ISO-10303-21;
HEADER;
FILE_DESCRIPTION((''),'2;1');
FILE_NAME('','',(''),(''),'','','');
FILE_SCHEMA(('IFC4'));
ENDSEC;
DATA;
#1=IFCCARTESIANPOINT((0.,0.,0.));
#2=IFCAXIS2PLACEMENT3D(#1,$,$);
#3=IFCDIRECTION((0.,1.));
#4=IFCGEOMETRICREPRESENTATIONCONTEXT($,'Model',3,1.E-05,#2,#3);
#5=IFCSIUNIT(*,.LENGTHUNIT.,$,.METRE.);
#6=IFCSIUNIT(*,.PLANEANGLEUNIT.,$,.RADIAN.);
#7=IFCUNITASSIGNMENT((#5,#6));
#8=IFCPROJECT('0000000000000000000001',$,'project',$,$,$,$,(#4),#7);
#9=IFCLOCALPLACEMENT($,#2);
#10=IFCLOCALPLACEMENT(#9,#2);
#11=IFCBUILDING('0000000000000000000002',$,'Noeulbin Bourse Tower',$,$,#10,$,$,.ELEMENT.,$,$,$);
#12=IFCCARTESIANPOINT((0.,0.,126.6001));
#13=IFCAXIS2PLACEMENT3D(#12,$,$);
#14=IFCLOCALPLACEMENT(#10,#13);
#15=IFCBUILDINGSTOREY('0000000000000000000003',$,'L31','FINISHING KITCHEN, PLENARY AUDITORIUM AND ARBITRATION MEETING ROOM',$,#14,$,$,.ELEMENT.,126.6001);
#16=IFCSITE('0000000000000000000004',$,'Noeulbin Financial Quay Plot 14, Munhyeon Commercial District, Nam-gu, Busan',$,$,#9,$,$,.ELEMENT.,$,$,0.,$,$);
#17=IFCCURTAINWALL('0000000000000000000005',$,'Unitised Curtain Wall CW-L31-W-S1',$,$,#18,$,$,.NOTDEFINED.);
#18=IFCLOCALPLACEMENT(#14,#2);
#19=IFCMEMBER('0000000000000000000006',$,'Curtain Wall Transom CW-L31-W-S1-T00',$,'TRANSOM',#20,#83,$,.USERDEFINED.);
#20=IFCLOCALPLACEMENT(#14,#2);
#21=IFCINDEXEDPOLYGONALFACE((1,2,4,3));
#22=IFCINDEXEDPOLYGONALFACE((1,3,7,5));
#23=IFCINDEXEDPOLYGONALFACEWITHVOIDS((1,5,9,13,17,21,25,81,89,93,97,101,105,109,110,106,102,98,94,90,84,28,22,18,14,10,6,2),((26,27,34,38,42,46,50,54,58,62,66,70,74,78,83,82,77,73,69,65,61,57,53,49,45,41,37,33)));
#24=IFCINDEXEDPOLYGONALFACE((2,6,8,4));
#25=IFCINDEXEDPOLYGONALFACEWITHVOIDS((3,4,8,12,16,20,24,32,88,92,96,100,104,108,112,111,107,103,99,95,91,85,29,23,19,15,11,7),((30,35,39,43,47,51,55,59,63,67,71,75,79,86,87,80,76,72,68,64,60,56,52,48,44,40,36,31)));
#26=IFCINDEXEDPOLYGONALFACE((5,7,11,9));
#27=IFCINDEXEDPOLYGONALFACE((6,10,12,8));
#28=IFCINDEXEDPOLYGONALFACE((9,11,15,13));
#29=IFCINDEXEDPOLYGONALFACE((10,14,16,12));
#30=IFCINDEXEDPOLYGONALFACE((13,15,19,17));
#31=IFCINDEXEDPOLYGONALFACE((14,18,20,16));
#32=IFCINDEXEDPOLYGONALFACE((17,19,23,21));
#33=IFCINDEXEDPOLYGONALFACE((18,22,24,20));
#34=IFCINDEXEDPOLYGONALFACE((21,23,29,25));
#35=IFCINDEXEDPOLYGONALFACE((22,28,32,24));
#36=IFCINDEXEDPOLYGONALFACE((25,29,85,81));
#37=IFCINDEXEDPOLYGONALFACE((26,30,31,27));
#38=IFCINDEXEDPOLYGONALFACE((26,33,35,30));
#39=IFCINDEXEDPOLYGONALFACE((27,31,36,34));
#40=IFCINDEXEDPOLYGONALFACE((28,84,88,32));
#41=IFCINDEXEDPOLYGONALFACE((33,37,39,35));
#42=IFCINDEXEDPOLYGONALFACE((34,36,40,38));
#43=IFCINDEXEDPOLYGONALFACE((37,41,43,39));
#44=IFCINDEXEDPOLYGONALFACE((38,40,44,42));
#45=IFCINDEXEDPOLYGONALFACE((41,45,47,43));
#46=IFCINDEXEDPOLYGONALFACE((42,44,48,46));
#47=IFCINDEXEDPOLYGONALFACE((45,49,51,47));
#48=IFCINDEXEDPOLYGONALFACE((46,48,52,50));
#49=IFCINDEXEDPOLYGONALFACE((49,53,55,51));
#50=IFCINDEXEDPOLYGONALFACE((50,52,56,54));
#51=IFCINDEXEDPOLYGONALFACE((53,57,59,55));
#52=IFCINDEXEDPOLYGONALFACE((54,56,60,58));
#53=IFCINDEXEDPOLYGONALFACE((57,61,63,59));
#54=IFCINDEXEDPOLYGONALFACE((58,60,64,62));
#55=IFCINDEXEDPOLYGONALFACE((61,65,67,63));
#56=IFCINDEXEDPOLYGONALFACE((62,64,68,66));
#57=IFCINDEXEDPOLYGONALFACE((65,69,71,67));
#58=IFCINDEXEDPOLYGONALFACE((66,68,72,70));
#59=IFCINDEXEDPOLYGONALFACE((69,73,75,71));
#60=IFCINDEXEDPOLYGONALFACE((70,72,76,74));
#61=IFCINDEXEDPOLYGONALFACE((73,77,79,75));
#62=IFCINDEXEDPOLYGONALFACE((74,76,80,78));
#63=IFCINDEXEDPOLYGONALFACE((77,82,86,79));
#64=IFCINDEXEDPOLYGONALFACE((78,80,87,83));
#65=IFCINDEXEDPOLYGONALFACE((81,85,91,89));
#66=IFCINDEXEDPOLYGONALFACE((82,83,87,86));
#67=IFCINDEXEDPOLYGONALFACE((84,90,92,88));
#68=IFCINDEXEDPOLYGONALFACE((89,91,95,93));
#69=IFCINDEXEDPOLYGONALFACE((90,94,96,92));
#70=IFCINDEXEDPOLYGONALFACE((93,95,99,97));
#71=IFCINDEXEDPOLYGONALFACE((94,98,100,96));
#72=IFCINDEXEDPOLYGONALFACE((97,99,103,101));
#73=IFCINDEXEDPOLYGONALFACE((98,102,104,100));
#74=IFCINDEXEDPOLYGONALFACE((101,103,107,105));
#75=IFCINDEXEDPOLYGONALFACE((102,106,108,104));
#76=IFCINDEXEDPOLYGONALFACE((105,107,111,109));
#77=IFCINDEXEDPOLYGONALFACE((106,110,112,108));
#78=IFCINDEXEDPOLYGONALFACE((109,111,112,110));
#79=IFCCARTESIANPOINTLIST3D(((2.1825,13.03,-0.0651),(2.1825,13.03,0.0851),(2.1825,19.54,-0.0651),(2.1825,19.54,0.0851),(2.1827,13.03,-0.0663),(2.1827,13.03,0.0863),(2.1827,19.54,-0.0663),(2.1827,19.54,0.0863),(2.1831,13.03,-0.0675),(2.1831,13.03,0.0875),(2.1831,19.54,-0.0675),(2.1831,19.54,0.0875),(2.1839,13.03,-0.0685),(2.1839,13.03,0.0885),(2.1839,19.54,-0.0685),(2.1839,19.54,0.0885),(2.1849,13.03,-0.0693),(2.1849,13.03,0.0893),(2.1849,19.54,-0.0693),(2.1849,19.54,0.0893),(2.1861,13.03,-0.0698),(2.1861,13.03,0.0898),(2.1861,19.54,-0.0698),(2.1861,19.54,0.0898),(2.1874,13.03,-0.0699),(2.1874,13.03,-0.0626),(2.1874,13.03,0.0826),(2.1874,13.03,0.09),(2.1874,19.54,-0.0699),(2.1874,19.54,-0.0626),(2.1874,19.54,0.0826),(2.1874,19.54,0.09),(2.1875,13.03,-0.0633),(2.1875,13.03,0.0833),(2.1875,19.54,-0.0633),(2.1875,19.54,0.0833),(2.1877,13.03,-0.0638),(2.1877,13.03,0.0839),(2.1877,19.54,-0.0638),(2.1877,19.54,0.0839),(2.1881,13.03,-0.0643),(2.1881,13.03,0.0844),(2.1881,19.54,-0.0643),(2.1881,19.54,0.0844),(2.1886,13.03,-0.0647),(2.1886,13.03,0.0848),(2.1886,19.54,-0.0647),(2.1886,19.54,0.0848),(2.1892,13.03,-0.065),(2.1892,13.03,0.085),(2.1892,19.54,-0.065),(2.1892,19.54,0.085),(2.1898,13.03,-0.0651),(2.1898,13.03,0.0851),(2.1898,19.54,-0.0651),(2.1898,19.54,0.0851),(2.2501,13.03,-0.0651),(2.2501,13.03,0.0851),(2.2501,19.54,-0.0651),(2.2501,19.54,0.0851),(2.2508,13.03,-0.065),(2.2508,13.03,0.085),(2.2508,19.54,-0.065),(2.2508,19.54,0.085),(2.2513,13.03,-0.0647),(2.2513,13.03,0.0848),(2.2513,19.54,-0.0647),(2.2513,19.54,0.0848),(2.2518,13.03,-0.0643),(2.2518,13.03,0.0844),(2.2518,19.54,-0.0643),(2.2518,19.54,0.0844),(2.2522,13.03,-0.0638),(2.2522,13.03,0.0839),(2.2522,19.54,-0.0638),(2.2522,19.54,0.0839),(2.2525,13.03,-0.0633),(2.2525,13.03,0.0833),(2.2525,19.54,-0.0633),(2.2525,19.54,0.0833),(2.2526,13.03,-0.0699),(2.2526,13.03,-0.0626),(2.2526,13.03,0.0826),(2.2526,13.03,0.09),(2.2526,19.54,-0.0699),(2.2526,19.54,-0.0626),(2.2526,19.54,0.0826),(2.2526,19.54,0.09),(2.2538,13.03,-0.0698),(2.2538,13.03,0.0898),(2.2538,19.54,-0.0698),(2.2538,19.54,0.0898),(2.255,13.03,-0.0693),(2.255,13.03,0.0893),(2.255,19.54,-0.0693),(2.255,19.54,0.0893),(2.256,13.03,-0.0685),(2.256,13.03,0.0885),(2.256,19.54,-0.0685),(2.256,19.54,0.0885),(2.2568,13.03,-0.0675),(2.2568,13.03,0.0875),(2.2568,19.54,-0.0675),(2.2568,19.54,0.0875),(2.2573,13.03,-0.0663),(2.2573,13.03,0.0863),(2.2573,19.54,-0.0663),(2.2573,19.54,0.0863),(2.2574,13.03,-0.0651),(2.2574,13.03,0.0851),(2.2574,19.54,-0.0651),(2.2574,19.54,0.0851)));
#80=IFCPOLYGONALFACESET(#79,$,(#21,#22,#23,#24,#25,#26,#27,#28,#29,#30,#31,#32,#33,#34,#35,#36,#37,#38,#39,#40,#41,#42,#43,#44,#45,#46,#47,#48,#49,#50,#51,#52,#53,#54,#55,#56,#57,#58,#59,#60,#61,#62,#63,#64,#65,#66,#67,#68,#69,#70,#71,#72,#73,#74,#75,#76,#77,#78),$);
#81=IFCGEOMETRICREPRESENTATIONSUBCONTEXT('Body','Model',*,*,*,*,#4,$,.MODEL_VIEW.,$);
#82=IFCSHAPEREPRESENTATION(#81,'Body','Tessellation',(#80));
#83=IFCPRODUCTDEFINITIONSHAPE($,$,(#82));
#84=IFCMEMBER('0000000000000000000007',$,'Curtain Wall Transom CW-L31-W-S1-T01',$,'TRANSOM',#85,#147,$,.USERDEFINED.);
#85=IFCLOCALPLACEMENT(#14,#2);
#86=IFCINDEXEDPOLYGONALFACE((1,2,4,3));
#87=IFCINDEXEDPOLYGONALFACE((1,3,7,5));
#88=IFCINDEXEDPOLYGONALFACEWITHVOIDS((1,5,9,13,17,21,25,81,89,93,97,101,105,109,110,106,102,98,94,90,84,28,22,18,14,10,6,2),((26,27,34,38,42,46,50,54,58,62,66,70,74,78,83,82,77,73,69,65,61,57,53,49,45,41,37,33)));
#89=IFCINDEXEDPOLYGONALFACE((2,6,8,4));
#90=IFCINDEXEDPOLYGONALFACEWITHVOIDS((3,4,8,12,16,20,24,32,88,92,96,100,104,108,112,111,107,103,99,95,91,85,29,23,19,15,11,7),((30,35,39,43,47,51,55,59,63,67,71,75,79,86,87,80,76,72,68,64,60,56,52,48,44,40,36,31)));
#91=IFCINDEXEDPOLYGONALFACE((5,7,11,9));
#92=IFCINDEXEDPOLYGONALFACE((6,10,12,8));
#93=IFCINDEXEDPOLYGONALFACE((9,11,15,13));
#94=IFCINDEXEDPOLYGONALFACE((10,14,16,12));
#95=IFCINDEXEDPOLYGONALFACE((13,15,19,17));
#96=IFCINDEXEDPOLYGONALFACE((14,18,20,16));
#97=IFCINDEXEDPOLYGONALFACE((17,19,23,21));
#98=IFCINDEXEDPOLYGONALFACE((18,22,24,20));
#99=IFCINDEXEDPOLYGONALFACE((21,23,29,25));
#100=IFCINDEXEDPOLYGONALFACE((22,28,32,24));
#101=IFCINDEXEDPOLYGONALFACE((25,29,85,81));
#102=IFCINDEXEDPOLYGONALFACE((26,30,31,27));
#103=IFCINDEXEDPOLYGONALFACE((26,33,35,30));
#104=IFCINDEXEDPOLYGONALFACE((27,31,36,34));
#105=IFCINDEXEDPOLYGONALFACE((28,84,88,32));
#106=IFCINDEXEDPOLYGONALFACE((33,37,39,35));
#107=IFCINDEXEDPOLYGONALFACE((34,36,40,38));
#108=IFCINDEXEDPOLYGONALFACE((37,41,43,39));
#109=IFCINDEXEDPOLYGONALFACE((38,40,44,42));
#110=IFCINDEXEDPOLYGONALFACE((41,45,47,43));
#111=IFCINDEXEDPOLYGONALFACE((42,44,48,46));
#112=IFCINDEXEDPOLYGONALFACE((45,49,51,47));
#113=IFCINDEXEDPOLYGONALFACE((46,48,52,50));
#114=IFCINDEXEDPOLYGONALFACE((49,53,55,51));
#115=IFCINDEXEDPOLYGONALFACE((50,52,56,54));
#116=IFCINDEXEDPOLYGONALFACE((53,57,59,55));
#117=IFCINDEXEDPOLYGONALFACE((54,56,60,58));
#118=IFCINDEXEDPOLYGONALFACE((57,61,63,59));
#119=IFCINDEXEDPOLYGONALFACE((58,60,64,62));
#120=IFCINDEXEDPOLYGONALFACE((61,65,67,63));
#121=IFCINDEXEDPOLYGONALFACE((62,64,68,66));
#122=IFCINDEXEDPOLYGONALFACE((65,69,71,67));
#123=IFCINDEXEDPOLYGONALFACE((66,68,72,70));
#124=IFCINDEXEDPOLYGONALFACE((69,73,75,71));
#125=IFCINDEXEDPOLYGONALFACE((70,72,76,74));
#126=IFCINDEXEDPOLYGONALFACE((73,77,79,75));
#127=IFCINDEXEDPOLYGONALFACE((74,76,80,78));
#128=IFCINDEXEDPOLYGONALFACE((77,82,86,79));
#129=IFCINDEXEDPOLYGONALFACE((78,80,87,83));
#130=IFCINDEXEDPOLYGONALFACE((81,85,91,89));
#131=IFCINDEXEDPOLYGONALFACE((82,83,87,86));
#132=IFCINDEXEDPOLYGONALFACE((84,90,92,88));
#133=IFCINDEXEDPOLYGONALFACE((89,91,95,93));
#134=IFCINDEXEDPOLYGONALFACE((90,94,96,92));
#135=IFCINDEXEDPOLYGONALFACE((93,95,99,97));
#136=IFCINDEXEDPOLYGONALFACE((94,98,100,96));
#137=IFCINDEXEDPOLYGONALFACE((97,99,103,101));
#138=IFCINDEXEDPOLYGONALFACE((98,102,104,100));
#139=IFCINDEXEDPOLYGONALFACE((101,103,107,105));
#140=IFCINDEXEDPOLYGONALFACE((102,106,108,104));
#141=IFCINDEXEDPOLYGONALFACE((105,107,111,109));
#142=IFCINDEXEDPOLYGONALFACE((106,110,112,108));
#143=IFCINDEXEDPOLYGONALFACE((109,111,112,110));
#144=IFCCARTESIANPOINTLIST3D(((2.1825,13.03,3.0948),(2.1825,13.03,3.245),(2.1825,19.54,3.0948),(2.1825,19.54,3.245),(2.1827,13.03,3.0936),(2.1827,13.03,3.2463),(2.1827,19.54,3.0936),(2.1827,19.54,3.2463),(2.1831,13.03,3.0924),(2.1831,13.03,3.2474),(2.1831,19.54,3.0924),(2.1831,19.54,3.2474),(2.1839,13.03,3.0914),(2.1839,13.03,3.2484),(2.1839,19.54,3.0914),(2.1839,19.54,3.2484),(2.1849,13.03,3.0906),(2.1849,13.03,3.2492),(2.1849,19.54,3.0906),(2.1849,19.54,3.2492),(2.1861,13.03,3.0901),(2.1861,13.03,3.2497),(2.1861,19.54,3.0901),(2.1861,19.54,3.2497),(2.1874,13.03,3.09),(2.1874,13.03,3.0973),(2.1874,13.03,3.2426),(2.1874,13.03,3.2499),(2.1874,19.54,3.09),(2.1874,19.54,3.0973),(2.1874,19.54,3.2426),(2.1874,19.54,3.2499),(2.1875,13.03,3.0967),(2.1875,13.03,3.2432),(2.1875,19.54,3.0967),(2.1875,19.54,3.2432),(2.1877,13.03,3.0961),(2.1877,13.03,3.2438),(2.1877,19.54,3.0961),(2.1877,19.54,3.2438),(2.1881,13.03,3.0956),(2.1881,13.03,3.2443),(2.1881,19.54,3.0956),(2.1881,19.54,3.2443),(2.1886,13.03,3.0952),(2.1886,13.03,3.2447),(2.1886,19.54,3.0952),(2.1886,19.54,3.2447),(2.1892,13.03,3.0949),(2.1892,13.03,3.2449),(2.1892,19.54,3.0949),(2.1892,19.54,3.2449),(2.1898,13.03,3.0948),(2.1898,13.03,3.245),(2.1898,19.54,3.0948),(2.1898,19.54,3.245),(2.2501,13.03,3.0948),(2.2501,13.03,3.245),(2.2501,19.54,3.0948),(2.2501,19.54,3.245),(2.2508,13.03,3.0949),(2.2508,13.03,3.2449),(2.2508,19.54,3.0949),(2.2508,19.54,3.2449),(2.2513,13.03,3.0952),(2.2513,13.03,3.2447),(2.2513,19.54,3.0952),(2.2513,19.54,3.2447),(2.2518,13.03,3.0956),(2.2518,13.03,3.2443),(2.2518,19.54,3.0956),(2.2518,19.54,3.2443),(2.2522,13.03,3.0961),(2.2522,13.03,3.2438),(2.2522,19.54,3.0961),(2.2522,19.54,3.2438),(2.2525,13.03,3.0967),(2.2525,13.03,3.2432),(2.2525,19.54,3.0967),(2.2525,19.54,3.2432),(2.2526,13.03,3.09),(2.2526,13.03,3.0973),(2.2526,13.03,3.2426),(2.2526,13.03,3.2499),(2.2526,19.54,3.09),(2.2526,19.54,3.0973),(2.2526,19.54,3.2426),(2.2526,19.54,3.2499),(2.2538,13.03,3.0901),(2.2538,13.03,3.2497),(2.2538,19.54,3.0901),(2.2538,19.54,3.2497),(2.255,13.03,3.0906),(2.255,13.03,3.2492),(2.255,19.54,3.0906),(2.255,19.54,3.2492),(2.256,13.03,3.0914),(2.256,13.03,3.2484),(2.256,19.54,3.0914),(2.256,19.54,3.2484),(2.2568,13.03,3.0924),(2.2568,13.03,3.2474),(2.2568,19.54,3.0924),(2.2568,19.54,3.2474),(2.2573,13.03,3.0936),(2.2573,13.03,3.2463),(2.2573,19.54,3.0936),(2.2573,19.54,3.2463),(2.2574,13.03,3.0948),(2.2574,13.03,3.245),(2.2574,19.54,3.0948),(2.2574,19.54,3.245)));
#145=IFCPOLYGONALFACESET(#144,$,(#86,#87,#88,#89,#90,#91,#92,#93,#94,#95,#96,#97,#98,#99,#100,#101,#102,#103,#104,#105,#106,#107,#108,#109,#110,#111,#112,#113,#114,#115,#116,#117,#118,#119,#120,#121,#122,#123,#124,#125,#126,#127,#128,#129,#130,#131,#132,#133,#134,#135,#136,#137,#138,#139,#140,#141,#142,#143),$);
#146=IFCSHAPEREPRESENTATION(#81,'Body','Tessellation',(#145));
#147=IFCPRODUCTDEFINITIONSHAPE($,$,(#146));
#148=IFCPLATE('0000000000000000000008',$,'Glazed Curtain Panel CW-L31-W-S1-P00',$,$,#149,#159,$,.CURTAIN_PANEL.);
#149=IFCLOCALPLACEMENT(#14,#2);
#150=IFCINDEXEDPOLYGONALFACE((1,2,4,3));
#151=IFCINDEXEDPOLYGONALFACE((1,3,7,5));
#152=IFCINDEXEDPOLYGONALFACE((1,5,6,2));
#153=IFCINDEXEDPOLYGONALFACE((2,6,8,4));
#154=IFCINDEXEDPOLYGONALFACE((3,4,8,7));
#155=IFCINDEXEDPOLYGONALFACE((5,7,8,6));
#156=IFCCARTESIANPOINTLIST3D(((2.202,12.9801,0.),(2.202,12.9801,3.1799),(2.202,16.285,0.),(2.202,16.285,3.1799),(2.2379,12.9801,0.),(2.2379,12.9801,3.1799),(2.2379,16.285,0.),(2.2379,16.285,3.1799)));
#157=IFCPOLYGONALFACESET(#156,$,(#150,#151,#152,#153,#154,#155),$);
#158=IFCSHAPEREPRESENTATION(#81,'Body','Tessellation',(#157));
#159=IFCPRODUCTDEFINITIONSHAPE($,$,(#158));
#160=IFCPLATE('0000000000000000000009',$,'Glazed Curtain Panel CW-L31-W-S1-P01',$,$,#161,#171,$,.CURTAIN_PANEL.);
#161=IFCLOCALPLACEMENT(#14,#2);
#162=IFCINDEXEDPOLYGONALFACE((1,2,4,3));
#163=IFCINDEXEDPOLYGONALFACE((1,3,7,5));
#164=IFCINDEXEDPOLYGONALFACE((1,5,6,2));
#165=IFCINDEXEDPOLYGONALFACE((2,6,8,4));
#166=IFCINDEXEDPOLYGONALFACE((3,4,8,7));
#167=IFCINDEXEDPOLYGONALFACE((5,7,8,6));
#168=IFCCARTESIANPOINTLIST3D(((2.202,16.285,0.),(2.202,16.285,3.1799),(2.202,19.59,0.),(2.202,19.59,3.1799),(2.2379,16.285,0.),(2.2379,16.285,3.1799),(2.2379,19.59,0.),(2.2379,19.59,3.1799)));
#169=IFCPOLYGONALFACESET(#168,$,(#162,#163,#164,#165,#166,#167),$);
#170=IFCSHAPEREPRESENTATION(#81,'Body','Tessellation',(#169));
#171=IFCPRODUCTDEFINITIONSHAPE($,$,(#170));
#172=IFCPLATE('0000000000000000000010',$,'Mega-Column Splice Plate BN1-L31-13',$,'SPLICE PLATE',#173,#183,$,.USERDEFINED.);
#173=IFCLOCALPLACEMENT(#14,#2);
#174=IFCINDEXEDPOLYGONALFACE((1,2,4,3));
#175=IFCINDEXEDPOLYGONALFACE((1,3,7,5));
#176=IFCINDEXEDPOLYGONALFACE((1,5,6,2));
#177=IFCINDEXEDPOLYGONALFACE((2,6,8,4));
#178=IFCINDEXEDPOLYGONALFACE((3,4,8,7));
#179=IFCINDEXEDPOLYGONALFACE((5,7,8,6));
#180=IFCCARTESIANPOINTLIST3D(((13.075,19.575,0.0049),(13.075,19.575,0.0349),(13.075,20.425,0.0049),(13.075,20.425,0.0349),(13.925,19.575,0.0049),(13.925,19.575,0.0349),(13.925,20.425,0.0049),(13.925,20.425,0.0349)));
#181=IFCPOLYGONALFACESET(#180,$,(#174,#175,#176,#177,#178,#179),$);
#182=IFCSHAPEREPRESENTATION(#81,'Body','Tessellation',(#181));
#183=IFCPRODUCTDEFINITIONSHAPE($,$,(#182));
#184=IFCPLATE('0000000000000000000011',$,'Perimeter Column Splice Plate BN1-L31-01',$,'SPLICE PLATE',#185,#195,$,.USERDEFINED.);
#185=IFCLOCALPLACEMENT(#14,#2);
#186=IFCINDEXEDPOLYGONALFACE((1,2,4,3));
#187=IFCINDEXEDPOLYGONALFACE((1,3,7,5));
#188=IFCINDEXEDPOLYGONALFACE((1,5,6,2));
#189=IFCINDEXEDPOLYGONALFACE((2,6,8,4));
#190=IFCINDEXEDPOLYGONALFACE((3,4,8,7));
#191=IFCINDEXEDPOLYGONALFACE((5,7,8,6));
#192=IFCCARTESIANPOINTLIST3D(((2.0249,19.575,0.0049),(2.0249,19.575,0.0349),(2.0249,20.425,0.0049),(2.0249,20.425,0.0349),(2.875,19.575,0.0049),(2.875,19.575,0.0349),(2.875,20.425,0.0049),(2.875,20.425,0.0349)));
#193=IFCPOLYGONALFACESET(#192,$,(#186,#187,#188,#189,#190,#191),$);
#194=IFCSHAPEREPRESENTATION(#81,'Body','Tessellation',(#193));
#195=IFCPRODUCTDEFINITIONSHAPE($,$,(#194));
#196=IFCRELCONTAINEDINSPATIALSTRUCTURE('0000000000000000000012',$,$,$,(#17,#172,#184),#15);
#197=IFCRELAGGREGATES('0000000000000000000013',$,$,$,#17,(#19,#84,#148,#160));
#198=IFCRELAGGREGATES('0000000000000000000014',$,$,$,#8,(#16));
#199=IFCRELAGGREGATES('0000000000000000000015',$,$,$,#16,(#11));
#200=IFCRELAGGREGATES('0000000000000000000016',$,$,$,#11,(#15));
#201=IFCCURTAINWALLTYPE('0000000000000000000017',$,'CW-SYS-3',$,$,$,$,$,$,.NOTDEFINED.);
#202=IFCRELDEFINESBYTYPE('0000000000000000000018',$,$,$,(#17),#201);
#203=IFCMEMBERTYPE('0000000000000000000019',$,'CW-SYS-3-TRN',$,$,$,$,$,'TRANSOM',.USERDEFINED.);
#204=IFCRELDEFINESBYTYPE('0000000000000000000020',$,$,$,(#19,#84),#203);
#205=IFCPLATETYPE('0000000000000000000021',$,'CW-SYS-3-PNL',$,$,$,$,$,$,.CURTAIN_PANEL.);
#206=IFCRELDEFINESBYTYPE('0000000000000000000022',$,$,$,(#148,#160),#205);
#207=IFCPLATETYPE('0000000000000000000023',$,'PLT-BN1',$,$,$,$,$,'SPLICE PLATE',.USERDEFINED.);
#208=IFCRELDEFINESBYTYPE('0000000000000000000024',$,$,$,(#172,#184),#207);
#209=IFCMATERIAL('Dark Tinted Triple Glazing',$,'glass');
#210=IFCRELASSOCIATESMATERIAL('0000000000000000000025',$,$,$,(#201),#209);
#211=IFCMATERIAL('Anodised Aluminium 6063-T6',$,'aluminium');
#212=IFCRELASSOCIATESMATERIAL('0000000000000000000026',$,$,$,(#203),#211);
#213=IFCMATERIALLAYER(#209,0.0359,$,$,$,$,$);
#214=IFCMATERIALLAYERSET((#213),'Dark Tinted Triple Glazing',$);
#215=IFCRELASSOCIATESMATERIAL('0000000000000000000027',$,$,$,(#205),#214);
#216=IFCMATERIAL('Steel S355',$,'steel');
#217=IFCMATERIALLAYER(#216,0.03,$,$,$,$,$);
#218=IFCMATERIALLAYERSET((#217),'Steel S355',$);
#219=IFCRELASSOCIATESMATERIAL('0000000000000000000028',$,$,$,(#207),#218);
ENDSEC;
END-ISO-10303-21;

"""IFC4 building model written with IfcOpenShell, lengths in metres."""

from ifc_helpers import new_model, si_unit, direction, frame, origin, origin_2d, place, context, subcontext, project, spatial, rectangle, hollow_rectangle, extrude, material, layer, layer_set, material_profile, profile_set, type_object, element, aggregate, save


model = new_model("IFC4")

# Units and contexts
model_context = context("Model", 3, precision=1e-05, world=origin(), true_north=direction((0.0, 1.0)))
body_context = subcontext(model_context, "Body", "Model", "MODEL_VIEW")
ifc_project = project(units=[si_unit("LENGTHUNIT", "METRE"), si_unit("PLANEANGLEUNIT", "RADIAN")], contexts=[model_context])

# Site, building, storey
site_placement = place(None, origin())
site = spatial("IfcSite", under=ifc_project, at=site_placement, Name="Noeulbin Financial Quay Plot 14, Munhyeon Commercial District, Nam-gu, Busan", CompositionType="ELEMENT", RefElevation=0.0)
building_placement = place(site_placement, origin())
building = spatial("IfcBuilding", under=site, at=building_placement, Name="Noeulbin Bourse Tower", CompositionType="ELEMENT")
storey_placement = place(building_placement, frame((0.0, 0.0, 126.6001)))
storey = spatial("IfcBuildingStorey", under=building, at=storey_placement, Name="L31", Description="FINISHING KITCHEN, PLENARY AUDITORIUM AND ARBITRATION MEETING ROOM", CompositionType="ELEMENT", Elevation=126.6001)

# Shared definitions
ifc_material_1 = material(Name="Steel S355", Category="steel")

# Curtain wall, members, plates
ifc_material_2 = material(Name="Dark Tinted Triple Glazing", Category="glass")
curtain_wall_type = type_object("IfcCurtainWallType", Name="CW-SYS-3", PredefinedType="NOTDEFINED", material=ifc_material_2)
curtain_wall_placement = place(storey_placement, origin())
curtain_wall = element("IfcCurtainWall", 1, at=curtain_wall_placement, inside=storey, type_object=curtain_wall_type, Name="Unitised Curtain Wall CW-L31-W-S1", PredefinedType="NOTDEFINED")
ifc_material_3 = material(Name="Anodised Aluminium 6063-T6", Category="aluminium")
ifc_material_profile_1 = material_profile(ifc_material_3, hollow_rectangle(XDim=0.075, YDim=0.1599, WallThickness=0.0049, InnerFilletRadius=0.0024, OuterFilletRadius=0.0049, at=origin_2d()), Name="ALU-TRAN-75x160x5", Category="LoadBearing")
ifc_profile_set_1 = profile_set([ifc_material_profile_1], Name="Anodised Aluminium 6063-T6")
member_type_1 = type_object("IfcMemberType", Name="CW-SYS-3-TRN", ElementType="TRANSOM", PredefinedType="USERDEFINED", material=ifc_profile_set_1)
member_1_placement = place(storey_placement, frame((2.22, 13.03, 0.01), z_axis=(0.0, 1.0, 0.0), x_axis=(-1.0, 0.0, 0.0)))
member_1 = element("IfcMember", 2, at=member_1_placement, type_object=member_type_1, Name="Curtain Wall Transom CW-L31-W-S1-T00", ObjectType="TRANSOM", PredefinedType="USERDEFINED", context=body_context, shape_type="SweptSolid", body=[
    extrude(hollow_rectangle(XDim=0.075, YDim=0.1599, WallThickness=0.0049, InnerFilletRadius=0.0024, OuterFilletRadius=0.0049, at=origin_2d()), origin(), (0.0, 0.0, 1.0), 6.51),
])
member_2_placement = place(storey_placement, frame((2.22, 13.03, 3.1699), z_axis=(0.0, 1.0, 0.0), x_axis=(-1.0, 0.0, 0.0)))
member_2 = element("IfcMember", 3, at=member_2_placement, type_object=member_type_1, Name="Curtain Wall Transom CW-L31-W-S1-T01", ObjectType="TRANSOM", PredefinedType="USERDEFINED", context=body_context, shape_type="SweptSolid", body=[
    extrude(hollow_rectangle(XDim=0.075, YDim=0.1599, WallThickness=0.0049, InnerFilletRadius=0.0024, OuterFilletRadius=0.0049, at=origin_2d()), origin(), (0.0, 0.0, 1.0), 6.51),
])
ifc_layer_1 = layer(ifc_material_2, 0.0359)
ifc_layer_set_1 = layer_set([ifc_layer_1], Name="Dark Tinted Triple Glazing")
plate_type_1 = type_object("IfcPlateType", Name="CW-SYS-3-PNL", PredefinedType="CURTAIN_PANEL", material=ifc_layer_set_1)
plate_1_placement = place(storey_placement, frame((2.22, 14.6326, 0.0), z_axis=(0.0, 0.0, 1.0), x_axis=(0.0, 1.0, 0.0)))
plate_1 = element("IfcPlate", 4, at=plate_1_placement, type_object=plate_type_1, Name="Glazed Curtain Panel CW-L31-W-S1-P00", PredefinedType="CURTAIN_PANEL", context=body_context, shape_type="SweptSolid", body=[
    extrude(rectangle(XDim=3.3049, YDim=0.0359, at=origin_2d()), origin(), (0.0, 0.0, 1.0), 3.1799),
])
plate_2_placement = place(storey_placement, frame((2.22, 17.9375, 0.0), z_axis=(0.0, 0.0, 1.0), x_axis=(0.0, 1.0, 0.0)))
plate_2 = element("IfcPlate", 5, at=plate_2_placement, type_object=plate_type_1, Name="Glazed Curtain Panel CW-L31-W-S1-P01", PredefinedType="CURTAIN_PANEL", context=body_context, shape_type="SweptSolid", body=[
    extrude(rectangle(XDim=3.3049, YDim=0.0359, at=origin_2d()), origin(), (0.0, 0.0, 1.0), 3.1799),
])
aggregate(curtain_wall, [member_1, member_2, plate_1, plate_2])

# Plates
ifc_layer_2 = layer(ifc_material_1, 0.03)
ifc_layer_set_2 = layer_set([ifc_layer_2], Name="Steel S355")
plate_type_2 = type_object("IfcPlateType", Name="PLT-BN1", ElementType="SPLICE PLATE", PredefinedType="USERDEFINED", material=ifc_layer_set_2)
for number, where, z_axis, x_axis, name in (
    (6, (13.5, 20.0, 0.0049), (0.0, 0.0, 1.0), (1.0, 0.0, 0.0), "Mega-Column Splice Plate BN1-L31-13"),
    (7, (2.45, 20.0, 0.0049), (0.0, 0.0, 1.0), (1.0, 0.0, 0.0), "Perimeter Column Splice Plate BN1-L31-01"),
):
    element("IfcPlate", number, at=place(storey_placement, frame(where, z_axis=z_axis, x_axis=x_axis)), inside=storey, type_object=plate_type_2, Name=name, ObjectType="SPLICE PLATE", PredefinedType="USERDEFINED", context=body_context, shape_type="SweptSolid", body=[
        extrude(rectangle(XDim=0.8501, YDim=0.8501, at=origin_2d()), origin(), (0.0, 0.0, 1.0), 0.03),
    ])

save(model, "model.ifc")
